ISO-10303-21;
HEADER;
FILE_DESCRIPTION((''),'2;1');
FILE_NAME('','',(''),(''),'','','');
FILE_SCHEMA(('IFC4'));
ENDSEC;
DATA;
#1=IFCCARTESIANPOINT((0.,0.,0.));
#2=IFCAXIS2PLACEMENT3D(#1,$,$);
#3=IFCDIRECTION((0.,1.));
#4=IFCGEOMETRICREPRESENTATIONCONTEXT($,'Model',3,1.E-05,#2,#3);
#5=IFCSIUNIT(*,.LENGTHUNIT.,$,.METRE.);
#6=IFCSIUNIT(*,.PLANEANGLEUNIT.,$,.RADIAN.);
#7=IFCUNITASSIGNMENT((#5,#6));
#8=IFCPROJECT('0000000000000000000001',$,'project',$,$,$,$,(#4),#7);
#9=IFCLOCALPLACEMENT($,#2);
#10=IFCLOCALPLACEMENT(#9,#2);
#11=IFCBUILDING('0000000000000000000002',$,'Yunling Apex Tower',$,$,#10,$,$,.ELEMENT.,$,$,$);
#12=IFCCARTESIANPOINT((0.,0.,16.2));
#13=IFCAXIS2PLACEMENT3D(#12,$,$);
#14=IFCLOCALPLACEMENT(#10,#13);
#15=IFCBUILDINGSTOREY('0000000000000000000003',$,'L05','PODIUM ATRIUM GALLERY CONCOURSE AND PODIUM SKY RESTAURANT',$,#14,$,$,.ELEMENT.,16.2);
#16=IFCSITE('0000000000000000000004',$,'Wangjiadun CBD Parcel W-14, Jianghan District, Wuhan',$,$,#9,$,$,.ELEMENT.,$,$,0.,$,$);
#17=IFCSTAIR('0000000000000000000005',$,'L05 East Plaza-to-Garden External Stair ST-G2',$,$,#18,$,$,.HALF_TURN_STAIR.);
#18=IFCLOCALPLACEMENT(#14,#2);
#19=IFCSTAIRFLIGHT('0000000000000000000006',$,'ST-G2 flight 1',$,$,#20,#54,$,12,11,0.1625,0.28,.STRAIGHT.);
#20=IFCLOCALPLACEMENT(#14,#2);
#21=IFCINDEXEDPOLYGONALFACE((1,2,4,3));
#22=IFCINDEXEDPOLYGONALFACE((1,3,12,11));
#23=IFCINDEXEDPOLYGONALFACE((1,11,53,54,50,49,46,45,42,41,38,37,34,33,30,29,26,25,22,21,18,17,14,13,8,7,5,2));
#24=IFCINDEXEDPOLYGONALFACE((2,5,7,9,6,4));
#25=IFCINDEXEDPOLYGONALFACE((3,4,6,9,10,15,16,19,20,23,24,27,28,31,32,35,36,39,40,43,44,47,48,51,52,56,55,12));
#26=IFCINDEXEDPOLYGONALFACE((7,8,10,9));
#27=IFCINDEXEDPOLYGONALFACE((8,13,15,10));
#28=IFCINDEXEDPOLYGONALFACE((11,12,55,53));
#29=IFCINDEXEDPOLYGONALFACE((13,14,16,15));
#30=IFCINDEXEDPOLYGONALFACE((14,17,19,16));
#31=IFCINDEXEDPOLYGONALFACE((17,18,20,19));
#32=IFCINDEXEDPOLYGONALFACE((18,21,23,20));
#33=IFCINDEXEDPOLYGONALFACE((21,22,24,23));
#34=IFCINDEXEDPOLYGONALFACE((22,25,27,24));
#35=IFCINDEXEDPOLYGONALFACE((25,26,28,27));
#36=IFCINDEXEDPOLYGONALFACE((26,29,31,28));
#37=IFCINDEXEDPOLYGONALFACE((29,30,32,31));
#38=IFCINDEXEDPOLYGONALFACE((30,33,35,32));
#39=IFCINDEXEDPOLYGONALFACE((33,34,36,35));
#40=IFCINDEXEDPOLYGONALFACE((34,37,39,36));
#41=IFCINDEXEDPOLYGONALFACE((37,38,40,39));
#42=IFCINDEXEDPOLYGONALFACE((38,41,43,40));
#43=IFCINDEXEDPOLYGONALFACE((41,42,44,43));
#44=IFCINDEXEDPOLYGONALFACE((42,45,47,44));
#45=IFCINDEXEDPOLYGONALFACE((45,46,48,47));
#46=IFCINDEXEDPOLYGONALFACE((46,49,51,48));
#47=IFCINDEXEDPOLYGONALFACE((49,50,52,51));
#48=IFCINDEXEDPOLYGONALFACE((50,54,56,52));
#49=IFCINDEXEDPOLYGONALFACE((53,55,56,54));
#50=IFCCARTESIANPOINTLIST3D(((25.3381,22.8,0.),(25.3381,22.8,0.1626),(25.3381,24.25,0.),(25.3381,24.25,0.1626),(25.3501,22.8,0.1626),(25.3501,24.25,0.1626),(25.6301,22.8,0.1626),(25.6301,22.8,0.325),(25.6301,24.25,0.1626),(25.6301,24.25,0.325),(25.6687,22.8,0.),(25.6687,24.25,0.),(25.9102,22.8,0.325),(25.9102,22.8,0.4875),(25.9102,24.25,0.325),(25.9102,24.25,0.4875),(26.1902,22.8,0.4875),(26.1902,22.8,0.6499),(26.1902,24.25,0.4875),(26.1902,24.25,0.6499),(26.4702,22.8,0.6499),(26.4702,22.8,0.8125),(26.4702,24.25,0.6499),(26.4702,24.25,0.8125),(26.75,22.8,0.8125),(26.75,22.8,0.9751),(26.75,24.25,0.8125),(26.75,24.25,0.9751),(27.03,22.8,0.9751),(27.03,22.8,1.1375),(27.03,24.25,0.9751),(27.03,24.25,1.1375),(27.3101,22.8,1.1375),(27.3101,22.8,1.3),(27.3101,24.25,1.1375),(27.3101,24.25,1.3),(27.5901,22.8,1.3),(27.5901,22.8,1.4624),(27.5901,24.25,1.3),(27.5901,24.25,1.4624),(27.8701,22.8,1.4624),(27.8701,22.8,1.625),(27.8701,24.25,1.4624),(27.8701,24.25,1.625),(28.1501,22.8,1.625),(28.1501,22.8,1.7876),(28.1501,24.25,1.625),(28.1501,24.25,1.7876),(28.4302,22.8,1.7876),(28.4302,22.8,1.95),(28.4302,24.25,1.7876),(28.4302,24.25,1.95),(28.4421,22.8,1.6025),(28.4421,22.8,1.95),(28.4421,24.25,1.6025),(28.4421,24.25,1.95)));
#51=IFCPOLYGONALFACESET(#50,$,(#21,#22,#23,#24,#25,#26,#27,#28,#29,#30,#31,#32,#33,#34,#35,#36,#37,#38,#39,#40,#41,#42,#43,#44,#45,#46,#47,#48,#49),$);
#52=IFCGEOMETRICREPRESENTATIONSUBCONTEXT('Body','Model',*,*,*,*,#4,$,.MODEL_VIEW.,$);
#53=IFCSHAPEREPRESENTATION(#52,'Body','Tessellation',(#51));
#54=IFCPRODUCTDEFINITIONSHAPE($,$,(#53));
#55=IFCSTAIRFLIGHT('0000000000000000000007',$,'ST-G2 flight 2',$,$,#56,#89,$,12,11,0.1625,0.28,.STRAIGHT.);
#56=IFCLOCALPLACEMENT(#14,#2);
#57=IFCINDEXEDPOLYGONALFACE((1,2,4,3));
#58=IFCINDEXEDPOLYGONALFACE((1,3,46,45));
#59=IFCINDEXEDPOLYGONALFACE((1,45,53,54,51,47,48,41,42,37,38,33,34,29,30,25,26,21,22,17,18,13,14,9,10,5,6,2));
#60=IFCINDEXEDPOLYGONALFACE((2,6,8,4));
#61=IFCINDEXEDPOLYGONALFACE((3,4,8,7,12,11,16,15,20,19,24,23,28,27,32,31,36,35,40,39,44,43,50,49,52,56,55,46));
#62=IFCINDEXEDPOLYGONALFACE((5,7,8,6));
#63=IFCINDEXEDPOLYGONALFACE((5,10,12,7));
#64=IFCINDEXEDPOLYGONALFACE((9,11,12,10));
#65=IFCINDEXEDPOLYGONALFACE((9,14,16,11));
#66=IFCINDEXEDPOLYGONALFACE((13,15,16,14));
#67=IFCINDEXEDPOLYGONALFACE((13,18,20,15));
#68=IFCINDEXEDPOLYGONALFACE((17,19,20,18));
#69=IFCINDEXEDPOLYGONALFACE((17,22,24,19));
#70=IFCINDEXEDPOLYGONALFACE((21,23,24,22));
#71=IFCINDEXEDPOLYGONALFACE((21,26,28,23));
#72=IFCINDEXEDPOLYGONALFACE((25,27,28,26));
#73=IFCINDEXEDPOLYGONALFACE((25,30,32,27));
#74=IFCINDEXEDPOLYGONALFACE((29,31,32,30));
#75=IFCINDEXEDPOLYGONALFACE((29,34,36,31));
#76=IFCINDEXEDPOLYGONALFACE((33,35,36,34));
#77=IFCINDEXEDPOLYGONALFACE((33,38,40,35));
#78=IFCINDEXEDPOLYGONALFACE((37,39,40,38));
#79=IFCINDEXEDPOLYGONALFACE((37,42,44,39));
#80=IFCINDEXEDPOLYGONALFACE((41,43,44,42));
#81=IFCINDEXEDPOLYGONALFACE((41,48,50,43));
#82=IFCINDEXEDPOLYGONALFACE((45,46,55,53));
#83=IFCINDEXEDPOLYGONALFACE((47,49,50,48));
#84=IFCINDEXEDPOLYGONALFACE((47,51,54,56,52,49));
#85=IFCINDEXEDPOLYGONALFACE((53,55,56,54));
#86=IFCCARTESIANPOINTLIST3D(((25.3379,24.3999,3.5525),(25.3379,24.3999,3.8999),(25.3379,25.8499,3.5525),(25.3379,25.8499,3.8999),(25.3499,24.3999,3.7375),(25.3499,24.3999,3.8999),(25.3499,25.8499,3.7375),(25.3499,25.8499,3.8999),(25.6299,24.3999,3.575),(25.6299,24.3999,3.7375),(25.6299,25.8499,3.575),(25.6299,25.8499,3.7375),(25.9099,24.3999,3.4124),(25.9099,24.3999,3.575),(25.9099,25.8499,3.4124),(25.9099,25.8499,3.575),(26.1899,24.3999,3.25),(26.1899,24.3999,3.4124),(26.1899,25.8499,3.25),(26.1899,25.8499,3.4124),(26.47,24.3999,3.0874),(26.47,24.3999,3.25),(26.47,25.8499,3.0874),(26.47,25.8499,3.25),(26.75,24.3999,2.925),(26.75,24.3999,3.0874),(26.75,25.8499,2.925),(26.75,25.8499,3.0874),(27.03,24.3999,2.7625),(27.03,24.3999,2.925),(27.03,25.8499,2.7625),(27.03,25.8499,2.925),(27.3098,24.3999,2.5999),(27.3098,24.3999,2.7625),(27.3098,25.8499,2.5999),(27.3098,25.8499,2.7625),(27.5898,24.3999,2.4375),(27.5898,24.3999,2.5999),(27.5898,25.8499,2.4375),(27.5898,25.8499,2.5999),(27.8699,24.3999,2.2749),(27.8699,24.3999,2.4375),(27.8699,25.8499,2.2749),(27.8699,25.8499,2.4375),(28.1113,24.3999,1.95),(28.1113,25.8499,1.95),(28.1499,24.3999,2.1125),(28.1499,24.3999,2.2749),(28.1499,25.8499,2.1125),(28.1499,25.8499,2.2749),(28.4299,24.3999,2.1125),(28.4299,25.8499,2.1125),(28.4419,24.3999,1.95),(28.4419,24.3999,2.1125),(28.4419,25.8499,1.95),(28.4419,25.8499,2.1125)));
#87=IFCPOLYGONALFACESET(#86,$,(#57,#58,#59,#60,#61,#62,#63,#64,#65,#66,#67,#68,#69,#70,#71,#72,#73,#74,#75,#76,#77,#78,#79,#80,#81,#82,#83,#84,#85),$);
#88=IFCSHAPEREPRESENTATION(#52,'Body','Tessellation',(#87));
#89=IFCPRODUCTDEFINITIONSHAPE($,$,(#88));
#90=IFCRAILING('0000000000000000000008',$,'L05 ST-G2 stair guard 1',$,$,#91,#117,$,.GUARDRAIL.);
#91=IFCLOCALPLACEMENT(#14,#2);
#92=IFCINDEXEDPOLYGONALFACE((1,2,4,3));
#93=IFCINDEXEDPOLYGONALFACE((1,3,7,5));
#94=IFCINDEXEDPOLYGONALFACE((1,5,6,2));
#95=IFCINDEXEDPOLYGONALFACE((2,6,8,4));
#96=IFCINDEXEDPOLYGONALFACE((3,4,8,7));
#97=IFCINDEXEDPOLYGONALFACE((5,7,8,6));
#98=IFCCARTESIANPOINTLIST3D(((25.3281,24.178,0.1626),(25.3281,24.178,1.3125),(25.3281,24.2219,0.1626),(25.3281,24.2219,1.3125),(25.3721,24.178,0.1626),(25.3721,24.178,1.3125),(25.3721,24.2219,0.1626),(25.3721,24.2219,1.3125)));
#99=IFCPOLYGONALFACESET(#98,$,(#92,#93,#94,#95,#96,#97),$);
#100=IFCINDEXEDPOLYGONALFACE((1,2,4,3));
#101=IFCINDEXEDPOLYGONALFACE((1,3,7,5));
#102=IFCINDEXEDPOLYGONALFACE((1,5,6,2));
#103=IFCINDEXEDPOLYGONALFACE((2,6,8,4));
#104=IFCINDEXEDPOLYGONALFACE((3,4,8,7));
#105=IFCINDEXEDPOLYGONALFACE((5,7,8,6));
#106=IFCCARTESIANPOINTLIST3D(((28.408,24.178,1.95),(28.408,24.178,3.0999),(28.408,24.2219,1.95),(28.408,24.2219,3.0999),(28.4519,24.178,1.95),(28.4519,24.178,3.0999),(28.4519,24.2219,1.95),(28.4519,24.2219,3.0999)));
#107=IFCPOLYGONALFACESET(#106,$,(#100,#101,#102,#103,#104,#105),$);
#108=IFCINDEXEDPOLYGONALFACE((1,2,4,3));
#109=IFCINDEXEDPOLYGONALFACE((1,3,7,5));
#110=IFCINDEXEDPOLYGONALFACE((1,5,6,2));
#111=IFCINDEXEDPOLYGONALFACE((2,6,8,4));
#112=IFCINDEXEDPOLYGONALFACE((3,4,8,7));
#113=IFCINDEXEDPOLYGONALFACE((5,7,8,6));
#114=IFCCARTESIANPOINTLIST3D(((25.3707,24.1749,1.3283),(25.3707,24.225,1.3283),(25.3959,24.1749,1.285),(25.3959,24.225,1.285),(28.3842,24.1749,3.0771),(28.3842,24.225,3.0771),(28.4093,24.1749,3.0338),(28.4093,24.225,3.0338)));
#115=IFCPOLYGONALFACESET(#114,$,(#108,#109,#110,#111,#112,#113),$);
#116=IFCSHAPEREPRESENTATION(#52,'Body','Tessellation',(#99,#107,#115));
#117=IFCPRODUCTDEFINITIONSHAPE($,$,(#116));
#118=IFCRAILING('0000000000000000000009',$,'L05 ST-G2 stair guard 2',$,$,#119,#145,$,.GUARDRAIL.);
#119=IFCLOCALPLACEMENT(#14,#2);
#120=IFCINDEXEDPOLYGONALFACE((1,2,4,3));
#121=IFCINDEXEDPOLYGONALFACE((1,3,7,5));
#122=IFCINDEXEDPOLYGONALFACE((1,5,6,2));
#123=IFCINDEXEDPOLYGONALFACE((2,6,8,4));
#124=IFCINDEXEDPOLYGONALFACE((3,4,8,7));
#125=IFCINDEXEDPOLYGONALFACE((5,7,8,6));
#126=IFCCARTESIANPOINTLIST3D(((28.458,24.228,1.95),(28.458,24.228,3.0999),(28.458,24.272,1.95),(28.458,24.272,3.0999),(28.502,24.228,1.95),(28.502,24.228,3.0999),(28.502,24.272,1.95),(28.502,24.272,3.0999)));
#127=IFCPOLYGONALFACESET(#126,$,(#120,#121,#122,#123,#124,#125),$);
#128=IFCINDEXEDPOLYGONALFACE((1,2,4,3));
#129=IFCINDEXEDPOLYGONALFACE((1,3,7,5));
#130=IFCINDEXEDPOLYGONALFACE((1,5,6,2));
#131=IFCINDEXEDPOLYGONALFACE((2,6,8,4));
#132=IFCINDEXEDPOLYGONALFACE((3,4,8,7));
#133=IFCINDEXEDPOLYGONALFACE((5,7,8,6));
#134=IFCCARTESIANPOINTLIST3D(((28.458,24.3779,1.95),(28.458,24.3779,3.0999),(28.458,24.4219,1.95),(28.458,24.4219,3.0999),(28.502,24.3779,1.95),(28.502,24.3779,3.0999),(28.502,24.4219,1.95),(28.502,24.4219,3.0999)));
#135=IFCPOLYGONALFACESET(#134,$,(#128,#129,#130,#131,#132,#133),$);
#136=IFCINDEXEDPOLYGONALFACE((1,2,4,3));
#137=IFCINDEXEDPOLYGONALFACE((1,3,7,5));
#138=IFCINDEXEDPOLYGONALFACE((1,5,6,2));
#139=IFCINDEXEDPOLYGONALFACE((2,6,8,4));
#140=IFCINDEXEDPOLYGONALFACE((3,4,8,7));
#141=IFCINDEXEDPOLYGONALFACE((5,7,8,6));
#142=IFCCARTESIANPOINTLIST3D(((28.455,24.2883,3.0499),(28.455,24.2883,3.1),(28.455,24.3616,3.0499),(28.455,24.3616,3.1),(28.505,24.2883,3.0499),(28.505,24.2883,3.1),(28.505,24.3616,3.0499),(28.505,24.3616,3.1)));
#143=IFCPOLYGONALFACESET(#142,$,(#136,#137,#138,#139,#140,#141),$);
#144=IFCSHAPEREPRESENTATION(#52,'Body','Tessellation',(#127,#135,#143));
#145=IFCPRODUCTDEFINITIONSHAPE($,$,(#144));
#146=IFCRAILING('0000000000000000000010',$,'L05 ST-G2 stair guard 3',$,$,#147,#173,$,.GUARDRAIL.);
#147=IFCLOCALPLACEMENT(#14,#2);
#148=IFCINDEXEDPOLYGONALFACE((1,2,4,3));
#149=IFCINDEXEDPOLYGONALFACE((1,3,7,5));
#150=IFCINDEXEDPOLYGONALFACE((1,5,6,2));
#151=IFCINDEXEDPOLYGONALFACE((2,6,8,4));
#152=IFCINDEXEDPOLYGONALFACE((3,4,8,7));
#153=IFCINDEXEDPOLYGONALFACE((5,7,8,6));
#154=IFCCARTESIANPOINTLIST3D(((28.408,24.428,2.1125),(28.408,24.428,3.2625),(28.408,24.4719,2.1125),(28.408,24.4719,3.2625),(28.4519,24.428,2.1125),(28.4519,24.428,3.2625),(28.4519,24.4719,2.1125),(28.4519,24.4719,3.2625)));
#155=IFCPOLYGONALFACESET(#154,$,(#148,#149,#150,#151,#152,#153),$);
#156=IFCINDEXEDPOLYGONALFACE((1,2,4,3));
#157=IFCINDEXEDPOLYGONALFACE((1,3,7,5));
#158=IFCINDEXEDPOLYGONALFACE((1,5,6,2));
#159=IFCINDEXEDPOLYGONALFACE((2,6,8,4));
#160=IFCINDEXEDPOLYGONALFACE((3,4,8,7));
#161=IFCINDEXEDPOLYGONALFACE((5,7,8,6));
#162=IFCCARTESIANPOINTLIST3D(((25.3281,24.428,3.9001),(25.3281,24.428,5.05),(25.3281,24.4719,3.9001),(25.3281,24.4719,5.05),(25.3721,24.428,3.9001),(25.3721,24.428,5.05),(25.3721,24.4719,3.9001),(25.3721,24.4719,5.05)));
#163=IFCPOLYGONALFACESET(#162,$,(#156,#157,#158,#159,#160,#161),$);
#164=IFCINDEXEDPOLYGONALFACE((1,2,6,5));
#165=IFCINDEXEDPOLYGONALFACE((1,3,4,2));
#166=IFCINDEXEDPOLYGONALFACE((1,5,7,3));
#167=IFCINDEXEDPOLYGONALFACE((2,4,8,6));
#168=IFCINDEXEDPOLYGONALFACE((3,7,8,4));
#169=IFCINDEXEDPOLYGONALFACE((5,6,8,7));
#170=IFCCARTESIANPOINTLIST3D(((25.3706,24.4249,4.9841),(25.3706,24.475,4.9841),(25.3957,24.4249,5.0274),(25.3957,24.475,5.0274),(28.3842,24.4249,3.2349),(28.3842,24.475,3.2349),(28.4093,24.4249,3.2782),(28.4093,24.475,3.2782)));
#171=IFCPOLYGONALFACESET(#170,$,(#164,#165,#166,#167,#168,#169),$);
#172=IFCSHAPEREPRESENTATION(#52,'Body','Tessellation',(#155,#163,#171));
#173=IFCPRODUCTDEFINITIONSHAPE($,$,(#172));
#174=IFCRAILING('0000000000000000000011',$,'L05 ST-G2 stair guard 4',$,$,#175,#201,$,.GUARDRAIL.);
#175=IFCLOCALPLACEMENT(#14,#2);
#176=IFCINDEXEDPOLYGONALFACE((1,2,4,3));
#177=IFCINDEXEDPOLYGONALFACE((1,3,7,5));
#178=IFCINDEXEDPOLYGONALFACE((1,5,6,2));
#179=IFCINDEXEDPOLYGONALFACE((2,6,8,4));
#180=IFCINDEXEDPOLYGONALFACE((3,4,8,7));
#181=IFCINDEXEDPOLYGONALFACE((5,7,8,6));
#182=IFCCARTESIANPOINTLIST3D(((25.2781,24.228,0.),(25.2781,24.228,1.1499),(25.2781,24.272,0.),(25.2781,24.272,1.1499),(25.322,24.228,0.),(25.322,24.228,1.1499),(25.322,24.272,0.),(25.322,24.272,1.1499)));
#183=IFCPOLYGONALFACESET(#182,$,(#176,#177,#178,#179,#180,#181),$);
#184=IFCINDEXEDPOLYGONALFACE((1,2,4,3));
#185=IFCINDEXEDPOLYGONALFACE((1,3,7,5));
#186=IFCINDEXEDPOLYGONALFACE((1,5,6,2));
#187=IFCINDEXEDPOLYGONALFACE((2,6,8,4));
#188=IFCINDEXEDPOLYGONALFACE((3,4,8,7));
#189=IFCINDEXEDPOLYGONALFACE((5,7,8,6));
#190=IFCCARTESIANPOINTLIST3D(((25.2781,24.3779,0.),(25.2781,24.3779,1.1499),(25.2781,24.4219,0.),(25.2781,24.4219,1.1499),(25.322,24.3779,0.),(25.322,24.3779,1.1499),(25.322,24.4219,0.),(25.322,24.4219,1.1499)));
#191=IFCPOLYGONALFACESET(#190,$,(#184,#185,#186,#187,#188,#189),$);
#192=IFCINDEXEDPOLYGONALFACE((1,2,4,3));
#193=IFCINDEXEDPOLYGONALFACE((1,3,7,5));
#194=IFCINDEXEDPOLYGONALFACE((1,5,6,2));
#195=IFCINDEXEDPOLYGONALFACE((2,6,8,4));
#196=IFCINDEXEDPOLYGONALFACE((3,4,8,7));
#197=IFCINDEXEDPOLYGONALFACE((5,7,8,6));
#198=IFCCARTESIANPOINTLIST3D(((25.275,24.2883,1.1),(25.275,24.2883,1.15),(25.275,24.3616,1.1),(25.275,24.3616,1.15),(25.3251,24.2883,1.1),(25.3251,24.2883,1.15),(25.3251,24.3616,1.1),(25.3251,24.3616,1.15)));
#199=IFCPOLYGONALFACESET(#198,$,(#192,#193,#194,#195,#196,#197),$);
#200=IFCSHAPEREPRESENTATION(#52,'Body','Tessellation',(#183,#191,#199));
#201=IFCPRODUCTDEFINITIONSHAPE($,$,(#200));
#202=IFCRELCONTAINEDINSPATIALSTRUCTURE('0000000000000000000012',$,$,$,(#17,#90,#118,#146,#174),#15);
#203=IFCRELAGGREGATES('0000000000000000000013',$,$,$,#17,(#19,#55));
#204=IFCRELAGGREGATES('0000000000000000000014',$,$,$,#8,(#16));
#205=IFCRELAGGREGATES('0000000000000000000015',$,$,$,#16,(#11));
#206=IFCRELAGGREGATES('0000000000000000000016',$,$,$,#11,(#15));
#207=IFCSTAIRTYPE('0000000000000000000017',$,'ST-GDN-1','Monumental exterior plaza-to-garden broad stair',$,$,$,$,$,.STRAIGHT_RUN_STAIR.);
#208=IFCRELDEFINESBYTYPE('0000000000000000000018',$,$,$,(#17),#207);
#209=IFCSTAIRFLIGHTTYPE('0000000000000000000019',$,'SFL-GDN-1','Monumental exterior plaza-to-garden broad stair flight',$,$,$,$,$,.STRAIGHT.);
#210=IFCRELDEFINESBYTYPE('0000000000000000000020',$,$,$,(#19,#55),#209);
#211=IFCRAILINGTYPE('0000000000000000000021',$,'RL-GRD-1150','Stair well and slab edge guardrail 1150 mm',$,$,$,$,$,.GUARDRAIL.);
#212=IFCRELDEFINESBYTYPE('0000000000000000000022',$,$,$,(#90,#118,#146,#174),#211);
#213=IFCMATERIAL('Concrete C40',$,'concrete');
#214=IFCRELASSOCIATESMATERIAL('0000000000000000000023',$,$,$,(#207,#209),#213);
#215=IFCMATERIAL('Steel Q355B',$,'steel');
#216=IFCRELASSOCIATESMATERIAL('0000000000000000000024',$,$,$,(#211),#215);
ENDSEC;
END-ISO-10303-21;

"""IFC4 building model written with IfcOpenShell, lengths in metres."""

from ifc_helpers import new_model, si_unit, direction, frame, origin, origin_2d, place, context, subcontext, project, spatial, polyline, rectangle, outline, extrude, material, type_object, element, aggregate, save


model = new_model("IFC4")

# Units and contexts
model_context = context("Model", 3, precision=1e-05, world=origin(), true_north=direction((0.0, 1.0)))
body_context = subcontext(model_context, "Body", "Model", "MODEL_VIEW")
ifc_project = project(units=[si_unit("LENGTHUNIT", "METRE"), si_unit("PLANEANGLEUNIT", "RADIAN")], contexts=[model_context])

# Site, building, storey
site_placement = place(None, origin())
site = spatial("IfcSite", under=ifc_project, at=site_placement, Name="Wangjiadun CBD Parcel W-14, Jianghan District, Wuhan", CompositionType="ELEMENT", RefElevation=0.0)
building_placement = place(site_placement, origin())
building = spatial("IfcBuilding", under=site, at=building_placement, Name="Yunling Apex Tower", CompositionType="ELEMENT")
storey_placement = place(building_placement, frame((0.0, 0.0, 16.2)))
storey = spatial("IfcBuildingStorey", under=building, at=storey_placement, Name="L05", Description="PODIUM ATRIUM GALLERY CONCOURSE AND PODIUM SKY RESTAURANT", CompositionType="ELEMENT", Elevation=16.2)

# Shared definitions
ifc_material_1 = material(Name="Steel Q355B", Category="steel")

# Shared definitions
ifc_material_2 = material(Name="Concrete C40", Category="concrete")

# Stair, stair flights
stair_type = type_object("IfcStairType", Name="ST-GDN-1", Description="Monumental exterior plaza-to-garden broad stair", PredefinedType="STRAIGHT_RUN_STAIR", material=ifc_material_2)
stair_placement = place(storey_placement, origin())
stair = element("IfcStair", 1, at=stair_placement, inside=storey, type_object=stair_type, Name="L05 East Plaza-to-Garden External Stair ST-G2", PredefinedType="HALF_TURN_STAIR")
stair_flight_type = type_object("IfcStairFlightType", Name="SFL-GDN-1", Description="Monumental exterior plaza-to-garden broad stair flight", PredefinedType="STRAIGHT", material=ifc_material_2)
stair_flight_1_placement = place(storey_placement, frame((25.3501, 23.5249, 0.0), z_axis=(0.0, 0.0, 1.0), x_axis=(1.0, 0.0, 0.0)))
stair_flight_1 = element("IfcStairFlight", 2, at=stair_flight_1_placement, type_object=stair_flight_type, Name="ST-G2 flight 1", NumberOfRisers=12, NumberOfTreads=11, PredefinedType="STRAIGHT", RiserHeight=0.1625, TreadLength=0.28, context=body_context, shape_type="SweptSolid", body=[
    extrude(outline(polyline([(-0.012, 0.0), (-0.012, 0.1626), (0.0, 0.1626), (0.28, 0.1626), (0.28, 0.325), (0.5601, 0.325), (0.5601, 0.4875), (0.8401, 0.4875), (0.8401, 0.6499), (1.1201, 0.6499), (1.1201, 0.8125), (1.3999, 0.8125), (1.3999, 0.9751), (1.6799, 0.9751), (1.6799, 1.1375), (1.96, 1.1375), (1.96, 1.3), (2.24, 1.3), (2.24, 1.4624), (2.52, 1.4624), (2.52, 1.625), (2.8, 1.625), (2.8, 1.7876), (3.0801, 1.7876), (3.0801, 1.95), (3.092, 1.95), (3.092, 1.6025), (0.3186, 0.0), (-0.012, 0.0)])), frame((0.0, 0.7251, 0.0), z_axis=(0.0, -1.0, 0.0), x_axis=(1.0, 0.0, 0.0)), (0.0, 0.0, 1.0), 1.45),
])
stair_flight_2_placement = place(storey_placement, frame((28.4299, 25.125, 1.95), z_axis=(0.0, 0.0, 1.0), x_axis=(-1.0, 0.0, 0.0)))
stair_flight_2 = element("IfcStairFlight", 3, at=stair_flight_2_placement, type_object=stair_flight_type, Name="ST-G2 flight 2", NumberOfRisers=12, NumberOfTreads=11, PredefinedType="STRAIGHT", RiserHeight=0.1625, TreadLength=0.28, context=body_context, shape_type="SweptSolid", body=[
    extrude(outline(polyline([(-0.012, 0.0), (-0.012, 0.1626), (0.0, 0.1626), (0.28, 0.1626), (0.28, 0.325), (0.5601, 0.325), (0.5601, 0.4875), (0.8401, 0.4875), (0.8401, 0.6499), (1.1201, 0.6499), (1.1201, 0.8125), (1.3999, 0.8125), (1.3999, 0.9751), (1.6799, 0.9751), (1.6799, 1.1375), (1.96, 1.1375), (1.96, 1.3), (2.24, 1.3), (2.24, 1.4624), (2.52, 1.4624), (2.52, 1.625), (2.8, 1.625), (2.8, 1.7876), (3.0801, 1.7876), (3.0801, 1.95), (3.092, 1.95), (3.092, 1.6025), (0.3186, 0.0), (-0.012, 0.0)])), frame((0.0, 0.7251, 0.0), z_axis=(0.0, -1.0, 0.0), x_axis=(1.0, 0.0, 0.0)), (0.0, 0.0, 1.0), 1.45),
])
aggregate(stair, [stair_flight_1, stair_flight_2])

# Railings
railing_type_1 = type_object("IfcRailingType", Name="RL-GRD-1150", Description="Stair well and slab edge guardrail 1150 mm", PredefinedType="GUARDRAIL", material=ifc_material_1)
railing_1_placement = place(storey_placement, frame((25.3501, 24.2, 0.1626)))
element("IfcRailing", 4, at=railing_1_placement, inside=storey, type_object=railing_type_1, Name="L05 ST-G2 stair guard 1", PredefinedType="GUARDRAIL", context=body_context, shape_type="SweptSolid", body=[
    extrude(rectangle(XDim=0.0439, YDim=0.0439, at=origin_2d()), origin(), (0.0, 0.0, 1.0), 1.1499),
    extrude(rectangle(XDim=0.0439, YDim=0.0439, at=origin_2d()), frame((3.0798, 0.0, 1.7874)), (0.0, 0.0, 1.0), 1.1499),
    extrude(rectangle(XDim=0.05, YDim=0.05, at=origin_2d()), frame((0.0332, 0.0, 1.144), z_axis=(0.864903, 0.0, 0.501939), x_axis=(0.0, 1.0, 0.0)), (0.0, 0.0, 1.0), 3.4841),
])
railing_2_placement = place(storey_placement, frame((28.48, 24.25, 1.95)))
element("IfcRailing", 5, at=railing_2_placement, inside=storey, type_object=railing_type_1, Name="L05 ST-G2 stair guard 2", PredefinedType="GUARDRAIL", context=body_context, shape_type="SweptSolid", body=[
    extrude(rectangle(XDim=0.0439, YDim=0.0439, at=origin_2d()), origin(), (0.0, 0.0, 1.0), 1.1499),
    extrude(rectangle(XDim=0.0439, YDim=0.0439, at=origin_2d()), frame((0.0, 0.1499, 0.0)), (0.0, 0.0, 1.0), 1.1499),
    extrude(rectangle(XDim=0.05, YDim=0.05, at=origin_2d()), frame((0.0, 0.0383, 1.125), z_axis=(0.0, 1.0, 0.0), x_axis=(-1.0, 0.0, 0.0)), (0.0, 0.0, 1.0), 0.0732),
])
railing_3_placement = place(storey_placement, frame((28.4299, 24.45, 2.1125)))
element("IfcRailing", 6, at=railing_3_placement, inside=storey, type_object=railing_type_1, Name="L05 ST-G2 stair guard 3", PredefinedType="GUARDRAIL", context=body_context, shape_type="SweptSolid", body=[
    extrude(rectangle(XDim=0.0439, YDim=0.0439, at=origin_2d()), origin(), (0.0, 0.0, 1.0), 1.1499),
    extrude(rectangle(XDim=0.0439, YDim=0.0439, at=origin_2d()), frame((-3.0798, 0.0, 1.7876)), (0.0, 0.0, 1.0), 1.1499),
    extrude(rectangle(XDim=0.05, YDim=0.05, at=origin_2d()), frame((-0.0332, 0.0, 1.144), z_axis=(-0.864873, 0.0, 0.50199), x_axis=(0.0, -1.0, 0.0)), (0.0, 0.0, 1.0), 3.4844),
])
railing_4_placement = place(storey_placement, frame((25.3, 24.25, 0.0)))
element("IfcRailing", 7, at=railing_4_placement, inside=storey, type_object=railing_type_1, Name="L05 ST-G2 stair guard 4", PredefinedType="GUARDRAIL", context=body_context, shape_type="SweptSolid", body=[
    extrude(rectangle(XDim=0.0439, YDim=0.0439, at=origin_2d()), origin(), (0.0, 0.0, 1.0), 1.1499),
    extrude(rectangle(XDim=0.0439, YDim=0.0439, at=origin_2d()), frame((0.0, 0.1499, 0.0)), (0.0, 0.0, 1.0), 1.1499),
    extrude(rectangle(XDim=0.05, YDim=0.05, at=origin_2d()), frame((0.0, 0.0383, 1.125), z_axis=(0.0, 1.0, 0.0), x_axis=(-1.0, 0.0, 0.0)), (0.0, 0.0, 1.0), 0.0732),
])

save(model, "model.ifc")
